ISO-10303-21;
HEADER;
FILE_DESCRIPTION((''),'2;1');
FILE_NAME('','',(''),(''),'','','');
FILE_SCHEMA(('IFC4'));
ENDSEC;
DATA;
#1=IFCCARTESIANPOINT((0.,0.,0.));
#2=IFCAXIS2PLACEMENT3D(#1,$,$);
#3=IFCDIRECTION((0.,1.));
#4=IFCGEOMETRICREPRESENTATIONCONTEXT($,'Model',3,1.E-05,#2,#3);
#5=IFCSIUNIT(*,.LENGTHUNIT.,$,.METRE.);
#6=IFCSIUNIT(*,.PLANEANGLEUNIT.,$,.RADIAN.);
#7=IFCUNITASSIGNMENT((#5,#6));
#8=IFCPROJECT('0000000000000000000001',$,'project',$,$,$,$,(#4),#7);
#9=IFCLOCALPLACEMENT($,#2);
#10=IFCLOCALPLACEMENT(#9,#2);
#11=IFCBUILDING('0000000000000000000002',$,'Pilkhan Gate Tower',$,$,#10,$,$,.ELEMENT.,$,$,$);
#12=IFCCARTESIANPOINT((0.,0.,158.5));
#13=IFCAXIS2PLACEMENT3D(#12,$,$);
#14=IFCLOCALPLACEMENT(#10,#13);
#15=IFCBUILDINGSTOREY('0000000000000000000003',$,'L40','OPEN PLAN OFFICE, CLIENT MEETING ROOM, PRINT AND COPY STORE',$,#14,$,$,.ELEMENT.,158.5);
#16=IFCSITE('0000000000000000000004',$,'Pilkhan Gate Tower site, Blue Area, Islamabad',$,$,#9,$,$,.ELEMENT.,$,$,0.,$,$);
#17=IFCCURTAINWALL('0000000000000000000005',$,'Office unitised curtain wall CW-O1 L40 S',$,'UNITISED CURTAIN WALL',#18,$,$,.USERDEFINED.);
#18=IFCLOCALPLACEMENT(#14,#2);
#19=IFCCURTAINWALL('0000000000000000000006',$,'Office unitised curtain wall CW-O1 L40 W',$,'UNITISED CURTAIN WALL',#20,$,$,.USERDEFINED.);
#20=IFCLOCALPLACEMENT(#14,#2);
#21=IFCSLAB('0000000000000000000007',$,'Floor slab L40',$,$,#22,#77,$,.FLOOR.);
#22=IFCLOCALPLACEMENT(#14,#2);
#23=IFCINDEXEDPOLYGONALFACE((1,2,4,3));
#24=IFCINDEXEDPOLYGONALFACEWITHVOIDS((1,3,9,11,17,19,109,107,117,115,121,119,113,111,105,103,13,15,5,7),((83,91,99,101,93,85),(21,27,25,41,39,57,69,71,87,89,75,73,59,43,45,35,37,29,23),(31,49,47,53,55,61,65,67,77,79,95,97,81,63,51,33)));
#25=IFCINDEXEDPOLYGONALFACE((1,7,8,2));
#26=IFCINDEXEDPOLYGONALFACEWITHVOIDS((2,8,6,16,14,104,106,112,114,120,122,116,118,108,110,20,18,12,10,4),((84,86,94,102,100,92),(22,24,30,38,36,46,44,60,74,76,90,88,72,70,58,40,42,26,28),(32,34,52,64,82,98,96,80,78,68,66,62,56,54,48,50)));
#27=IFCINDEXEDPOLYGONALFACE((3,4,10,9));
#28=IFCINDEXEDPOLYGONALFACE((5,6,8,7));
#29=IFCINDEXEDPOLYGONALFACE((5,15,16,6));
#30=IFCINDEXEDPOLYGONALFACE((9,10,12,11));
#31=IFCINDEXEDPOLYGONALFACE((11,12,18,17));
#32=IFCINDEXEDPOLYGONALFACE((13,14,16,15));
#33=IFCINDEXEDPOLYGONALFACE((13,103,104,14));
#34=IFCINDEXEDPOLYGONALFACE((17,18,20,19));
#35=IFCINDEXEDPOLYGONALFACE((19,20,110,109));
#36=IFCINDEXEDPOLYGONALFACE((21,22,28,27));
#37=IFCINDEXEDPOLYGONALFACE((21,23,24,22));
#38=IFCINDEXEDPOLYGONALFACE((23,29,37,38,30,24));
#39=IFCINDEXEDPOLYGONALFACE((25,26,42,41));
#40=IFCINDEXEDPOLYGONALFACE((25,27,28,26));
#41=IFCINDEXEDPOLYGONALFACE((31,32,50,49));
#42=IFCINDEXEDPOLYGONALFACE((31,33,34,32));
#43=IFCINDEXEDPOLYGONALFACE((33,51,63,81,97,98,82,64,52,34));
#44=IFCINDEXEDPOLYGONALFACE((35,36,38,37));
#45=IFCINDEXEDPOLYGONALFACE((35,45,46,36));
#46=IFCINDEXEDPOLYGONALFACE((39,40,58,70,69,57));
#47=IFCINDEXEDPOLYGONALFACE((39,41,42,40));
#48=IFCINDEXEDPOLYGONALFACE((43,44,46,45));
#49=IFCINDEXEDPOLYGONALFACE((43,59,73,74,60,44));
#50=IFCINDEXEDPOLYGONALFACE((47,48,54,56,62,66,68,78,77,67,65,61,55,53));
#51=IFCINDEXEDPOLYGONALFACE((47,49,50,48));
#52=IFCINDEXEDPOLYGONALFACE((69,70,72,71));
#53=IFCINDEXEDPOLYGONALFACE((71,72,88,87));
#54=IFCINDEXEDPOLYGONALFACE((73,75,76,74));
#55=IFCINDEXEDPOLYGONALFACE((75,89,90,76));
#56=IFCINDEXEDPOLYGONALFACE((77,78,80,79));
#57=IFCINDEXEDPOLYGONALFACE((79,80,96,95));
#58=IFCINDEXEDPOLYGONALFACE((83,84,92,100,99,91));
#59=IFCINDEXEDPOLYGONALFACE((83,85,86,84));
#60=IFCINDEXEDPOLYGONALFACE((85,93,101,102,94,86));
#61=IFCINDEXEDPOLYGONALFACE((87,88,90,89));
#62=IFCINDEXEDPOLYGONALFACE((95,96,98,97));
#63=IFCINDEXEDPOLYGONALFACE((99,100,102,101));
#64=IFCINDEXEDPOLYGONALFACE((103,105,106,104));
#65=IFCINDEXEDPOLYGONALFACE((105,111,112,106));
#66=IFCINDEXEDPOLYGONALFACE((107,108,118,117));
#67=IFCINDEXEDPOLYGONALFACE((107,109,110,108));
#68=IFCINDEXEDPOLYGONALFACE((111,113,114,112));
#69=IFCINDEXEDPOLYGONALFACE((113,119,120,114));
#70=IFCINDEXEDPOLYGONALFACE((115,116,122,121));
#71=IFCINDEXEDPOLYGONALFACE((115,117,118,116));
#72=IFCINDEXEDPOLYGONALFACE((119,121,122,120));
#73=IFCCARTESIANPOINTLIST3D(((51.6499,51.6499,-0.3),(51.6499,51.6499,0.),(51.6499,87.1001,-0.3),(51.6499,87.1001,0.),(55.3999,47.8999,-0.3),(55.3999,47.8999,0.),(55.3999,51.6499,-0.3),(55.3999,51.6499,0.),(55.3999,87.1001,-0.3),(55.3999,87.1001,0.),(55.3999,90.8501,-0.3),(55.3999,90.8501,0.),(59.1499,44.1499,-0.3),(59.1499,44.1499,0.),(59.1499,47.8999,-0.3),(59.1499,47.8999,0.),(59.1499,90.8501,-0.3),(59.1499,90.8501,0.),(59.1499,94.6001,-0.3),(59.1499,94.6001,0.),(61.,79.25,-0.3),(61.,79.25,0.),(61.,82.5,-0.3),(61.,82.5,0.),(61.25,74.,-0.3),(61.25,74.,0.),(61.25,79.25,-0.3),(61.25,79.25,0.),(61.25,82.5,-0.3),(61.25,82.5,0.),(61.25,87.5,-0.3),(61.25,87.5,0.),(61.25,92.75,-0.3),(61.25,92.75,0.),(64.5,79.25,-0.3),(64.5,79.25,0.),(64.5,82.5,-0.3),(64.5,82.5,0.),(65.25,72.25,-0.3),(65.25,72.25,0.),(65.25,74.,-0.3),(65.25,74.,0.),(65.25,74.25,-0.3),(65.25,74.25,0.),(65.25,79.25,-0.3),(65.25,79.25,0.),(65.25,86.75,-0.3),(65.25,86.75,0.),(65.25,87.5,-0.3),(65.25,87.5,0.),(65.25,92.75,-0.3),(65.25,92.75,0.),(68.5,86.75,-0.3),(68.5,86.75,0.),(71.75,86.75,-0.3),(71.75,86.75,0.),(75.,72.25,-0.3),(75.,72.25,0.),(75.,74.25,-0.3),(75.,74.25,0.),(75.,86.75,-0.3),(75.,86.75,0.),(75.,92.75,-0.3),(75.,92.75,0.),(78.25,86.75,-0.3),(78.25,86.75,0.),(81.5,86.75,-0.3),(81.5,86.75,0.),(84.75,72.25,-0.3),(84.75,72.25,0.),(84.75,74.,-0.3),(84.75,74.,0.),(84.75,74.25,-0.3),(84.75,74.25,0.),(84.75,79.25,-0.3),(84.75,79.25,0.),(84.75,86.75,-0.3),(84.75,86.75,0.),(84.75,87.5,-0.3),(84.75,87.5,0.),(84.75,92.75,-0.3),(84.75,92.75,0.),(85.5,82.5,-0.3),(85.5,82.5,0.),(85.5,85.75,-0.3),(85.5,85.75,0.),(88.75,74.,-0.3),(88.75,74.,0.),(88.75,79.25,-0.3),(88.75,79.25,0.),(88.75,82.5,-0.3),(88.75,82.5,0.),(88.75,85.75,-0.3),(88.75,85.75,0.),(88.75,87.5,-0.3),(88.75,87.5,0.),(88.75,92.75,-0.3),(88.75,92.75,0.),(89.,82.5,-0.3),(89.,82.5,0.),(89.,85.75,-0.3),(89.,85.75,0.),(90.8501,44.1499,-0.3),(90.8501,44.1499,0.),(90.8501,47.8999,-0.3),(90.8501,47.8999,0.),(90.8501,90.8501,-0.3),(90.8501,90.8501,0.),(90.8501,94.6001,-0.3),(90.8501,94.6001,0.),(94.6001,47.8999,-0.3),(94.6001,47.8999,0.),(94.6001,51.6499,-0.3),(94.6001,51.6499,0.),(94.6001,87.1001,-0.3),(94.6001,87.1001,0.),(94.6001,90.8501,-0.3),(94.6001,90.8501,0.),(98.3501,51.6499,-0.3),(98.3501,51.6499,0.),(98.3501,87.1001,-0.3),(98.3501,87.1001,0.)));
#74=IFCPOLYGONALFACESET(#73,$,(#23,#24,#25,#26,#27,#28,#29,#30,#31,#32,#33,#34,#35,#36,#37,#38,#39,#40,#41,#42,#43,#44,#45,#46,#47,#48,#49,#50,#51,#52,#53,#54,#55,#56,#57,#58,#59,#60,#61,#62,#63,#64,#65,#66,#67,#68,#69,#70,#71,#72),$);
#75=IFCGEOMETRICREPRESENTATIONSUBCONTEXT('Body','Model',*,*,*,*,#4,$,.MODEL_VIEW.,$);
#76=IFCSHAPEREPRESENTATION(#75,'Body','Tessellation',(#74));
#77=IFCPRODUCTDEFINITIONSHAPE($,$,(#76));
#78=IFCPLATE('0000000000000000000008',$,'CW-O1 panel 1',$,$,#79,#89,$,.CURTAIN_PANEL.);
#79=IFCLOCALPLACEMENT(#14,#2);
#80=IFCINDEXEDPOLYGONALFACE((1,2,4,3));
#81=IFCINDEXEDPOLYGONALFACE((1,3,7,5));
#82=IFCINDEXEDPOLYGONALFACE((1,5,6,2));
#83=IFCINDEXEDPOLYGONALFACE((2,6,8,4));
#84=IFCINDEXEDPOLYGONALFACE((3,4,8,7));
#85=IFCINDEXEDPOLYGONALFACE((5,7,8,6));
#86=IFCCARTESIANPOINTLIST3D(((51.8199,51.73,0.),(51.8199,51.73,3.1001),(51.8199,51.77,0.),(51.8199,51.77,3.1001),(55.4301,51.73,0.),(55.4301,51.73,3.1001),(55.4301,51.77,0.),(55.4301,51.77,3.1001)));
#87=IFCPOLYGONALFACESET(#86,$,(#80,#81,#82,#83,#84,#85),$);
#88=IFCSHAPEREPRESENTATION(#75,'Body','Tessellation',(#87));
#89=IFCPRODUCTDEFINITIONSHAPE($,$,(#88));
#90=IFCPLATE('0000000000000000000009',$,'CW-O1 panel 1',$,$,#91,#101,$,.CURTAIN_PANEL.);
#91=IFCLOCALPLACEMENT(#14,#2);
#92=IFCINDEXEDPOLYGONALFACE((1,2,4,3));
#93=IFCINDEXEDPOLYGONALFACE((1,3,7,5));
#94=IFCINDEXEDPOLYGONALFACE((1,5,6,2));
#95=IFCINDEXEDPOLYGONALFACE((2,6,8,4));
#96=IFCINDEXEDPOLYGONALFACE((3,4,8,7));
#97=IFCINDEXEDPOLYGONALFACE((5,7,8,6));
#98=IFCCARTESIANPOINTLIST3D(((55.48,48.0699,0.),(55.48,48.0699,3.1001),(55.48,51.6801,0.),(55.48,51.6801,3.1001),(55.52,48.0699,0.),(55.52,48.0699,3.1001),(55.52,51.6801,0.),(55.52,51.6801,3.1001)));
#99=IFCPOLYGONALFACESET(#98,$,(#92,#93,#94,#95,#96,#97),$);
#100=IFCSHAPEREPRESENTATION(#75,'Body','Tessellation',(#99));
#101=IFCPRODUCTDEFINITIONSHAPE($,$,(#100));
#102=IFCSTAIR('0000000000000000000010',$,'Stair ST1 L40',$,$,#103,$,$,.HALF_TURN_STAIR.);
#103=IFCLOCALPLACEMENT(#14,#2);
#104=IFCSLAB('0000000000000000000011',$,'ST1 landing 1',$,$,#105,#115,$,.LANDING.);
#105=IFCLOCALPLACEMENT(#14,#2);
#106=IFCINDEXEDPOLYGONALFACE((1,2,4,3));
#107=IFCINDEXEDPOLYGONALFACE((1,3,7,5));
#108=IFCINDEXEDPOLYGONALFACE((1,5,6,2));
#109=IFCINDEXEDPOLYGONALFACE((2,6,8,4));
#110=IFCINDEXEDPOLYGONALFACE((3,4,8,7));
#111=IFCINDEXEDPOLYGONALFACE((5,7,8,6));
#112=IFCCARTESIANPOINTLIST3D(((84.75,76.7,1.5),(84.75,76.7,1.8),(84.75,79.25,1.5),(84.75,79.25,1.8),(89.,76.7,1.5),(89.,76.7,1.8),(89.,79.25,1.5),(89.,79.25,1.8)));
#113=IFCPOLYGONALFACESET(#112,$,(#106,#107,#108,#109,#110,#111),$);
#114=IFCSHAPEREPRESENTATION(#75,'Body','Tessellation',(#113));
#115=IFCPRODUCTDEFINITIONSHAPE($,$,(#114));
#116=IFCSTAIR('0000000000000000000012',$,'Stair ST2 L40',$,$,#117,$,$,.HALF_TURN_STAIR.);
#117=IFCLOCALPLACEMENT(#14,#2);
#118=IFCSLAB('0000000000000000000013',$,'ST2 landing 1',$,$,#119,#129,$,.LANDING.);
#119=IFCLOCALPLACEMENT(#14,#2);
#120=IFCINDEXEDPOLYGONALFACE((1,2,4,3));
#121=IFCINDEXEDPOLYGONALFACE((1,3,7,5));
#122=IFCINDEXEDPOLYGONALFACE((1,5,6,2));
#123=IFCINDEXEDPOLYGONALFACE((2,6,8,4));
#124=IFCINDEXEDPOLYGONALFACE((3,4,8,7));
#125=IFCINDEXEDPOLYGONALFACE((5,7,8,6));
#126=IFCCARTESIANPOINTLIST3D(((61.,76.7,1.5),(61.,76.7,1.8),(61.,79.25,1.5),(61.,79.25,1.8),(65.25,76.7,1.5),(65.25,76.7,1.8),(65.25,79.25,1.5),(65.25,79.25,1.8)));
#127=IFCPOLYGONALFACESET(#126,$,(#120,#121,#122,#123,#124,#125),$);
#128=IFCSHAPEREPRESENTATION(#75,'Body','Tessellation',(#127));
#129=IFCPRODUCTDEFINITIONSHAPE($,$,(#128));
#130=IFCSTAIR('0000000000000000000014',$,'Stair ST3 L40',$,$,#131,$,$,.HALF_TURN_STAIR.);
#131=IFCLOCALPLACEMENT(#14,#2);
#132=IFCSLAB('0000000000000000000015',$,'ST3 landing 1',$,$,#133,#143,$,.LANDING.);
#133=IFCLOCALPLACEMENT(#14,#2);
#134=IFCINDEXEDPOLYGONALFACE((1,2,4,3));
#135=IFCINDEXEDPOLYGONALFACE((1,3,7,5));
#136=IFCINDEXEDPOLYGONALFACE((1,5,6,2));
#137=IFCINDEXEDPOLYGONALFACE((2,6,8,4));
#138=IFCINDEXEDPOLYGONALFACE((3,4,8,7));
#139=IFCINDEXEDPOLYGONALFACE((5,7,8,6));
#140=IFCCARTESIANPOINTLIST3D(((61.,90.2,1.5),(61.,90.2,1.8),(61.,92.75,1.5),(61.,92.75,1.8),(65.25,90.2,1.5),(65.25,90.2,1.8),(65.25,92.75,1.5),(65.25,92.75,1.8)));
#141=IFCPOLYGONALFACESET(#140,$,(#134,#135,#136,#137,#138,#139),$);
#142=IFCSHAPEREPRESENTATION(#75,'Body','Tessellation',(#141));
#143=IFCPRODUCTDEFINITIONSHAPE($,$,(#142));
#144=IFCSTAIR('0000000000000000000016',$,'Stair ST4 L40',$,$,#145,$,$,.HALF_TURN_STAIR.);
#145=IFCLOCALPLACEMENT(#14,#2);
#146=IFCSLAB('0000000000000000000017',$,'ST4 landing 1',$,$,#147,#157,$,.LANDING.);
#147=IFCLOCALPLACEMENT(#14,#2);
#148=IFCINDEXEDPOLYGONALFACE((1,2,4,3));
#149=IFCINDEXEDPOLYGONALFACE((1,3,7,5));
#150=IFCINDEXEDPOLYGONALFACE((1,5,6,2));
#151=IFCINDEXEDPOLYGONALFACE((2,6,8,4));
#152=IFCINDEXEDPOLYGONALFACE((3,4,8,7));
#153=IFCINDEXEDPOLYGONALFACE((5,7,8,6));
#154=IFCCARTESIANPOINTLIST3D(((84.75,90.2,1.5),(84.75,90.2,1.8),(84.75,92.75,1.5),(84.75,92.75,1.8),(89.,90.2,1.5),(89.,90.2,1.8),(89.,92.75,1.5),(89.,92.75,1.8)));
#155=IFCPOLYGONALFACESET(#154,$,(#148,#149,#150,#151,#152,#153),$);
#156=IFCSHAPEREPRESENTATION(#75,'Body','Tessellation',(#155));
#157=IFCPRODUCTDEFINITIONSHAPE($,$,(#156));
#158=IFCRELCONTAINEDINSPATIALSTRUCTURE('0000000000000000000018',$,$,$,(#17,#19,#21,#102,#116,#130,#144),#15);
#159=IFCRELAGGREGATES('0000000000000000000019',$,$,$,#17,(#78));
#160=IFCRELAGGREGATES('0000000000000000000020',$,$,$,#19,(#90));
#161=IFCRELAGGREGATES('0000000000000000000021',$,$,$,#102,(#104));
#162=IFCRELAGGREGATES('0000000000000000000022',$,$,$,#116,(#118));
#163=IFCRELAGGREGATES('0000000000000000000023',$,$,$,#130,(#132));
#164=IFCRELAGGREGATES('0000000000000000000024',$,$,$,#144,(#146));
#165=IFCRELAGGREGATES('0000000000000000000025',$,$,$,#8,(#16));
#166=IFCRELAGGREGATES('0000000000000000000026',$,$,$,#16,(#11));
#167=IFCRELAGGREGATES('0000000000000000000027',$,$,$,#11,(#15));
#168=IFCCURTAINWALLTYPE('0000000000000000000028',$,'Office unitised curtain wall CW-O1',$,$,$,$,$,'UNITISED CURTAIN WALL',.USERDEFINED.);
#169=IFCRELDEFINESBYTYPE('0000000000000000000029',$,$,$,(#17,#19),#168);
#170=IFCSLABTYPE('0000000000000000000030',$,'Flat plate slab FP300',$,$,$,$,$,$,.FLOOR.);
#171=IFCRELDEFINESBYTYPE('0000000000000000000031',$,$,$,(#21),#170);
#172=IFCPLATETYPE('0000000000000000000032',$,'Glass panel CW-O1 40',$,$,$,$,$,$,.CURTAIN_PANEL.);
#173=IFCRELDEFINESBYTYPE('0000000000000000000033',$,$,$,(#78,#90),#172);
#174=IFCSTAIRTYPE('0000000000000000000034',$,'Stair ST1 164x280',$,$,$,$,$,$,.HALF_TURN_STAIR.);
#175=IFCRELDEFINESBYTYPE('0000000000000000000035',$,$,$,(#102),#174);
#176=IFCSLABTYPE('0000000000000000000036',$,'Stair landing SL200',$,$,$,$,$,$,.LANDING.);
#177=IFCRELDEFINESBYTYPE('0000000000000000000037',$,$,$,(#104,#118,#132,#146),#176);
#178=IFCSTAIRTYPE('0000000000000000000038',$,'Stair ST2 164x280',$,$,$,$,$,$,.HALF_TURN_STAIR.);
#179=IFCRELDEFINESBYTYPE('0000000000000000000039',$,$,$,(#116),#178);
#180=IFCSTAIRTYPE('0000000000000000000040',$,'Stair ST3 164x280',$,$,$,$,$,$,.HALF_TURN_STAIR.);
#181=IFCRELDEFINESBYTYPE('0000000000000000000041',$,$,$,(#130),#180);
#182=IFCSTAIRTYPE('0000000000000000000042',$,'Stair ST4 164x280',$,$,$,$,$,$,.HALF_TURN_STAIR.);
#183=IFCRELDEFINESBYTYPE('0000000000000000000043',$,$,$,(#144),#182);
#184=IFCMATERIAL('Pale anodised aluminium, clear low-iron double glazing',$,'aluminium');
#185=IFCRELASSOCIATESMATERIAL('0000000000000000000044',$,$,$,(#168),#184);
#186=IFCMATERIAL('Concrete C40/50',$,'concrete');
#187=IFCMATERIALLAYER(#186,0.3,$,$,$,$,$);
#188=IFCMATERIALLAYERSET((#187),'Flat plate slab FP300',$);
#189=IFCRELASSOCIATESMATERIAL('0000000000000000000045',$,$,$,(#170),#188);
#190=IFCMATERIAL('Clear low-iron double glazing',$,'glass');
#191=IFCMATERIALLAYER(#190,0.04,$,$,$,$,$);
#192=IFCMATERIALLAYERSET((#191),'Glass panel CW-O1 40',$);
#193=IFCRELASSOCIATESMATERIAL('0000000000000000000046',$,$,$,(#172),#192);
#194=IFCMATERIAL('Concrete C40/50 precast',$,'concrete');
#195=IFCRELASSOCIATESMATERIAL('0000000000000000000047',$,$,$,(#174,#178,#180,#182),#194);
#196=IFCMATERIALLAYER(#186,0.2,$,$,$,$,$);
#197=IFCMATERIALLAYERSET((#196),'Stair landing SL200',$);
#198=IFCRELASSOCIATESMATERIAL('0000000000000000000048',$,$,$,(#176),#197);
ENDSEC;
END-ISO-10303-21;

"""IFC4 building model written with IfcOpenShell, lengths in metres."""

from ifc_helpers import new_model, si_unit, direction, frame, origin, origin_2d, place, context, subcontext, project, spatial, polyline, rectangle, outline, extrude, material, layer, layer_set, type_object, element, aggregate, save


model = new_model("IFC4")

# Units and contexts
model_context = context("Model", 3, precision=1e-05, world=origin(), true_north=direction((0.0, 1.0)))
body_context = subcontext(model_context, "Body", "Model", "MODEL_VIEW")
ifc_project = project(units=[si_unit("LENGTHUNIT", "METRE"), si_unit("PLANEANGLEUNIT", "RADIAN")], contexts=[model_context])

# Site, building, storey
site_placement = place(None, origin())
site = spatial("IfcSite", under=ifc_project, at=site_placement, Name="Pilkhan Gate Tower site, Blue Area, Islamabad", CompositionType="ELEMENT", RefElevation=0.0)
building_placement = place(site_placement, origin())
building = spatial("IfcBuilding", under=site, at=building_placement, Name="Pilkhan Gate Tower", CompositionType="ELEMENT")
storey_placement = place(building_placement, frame((0.0, 0.0, 158.5)))
storey = spatial("IfcBuildingStorey", under=building, at=storey_placement, Name="L40", Description="OPEN PLAN OFFICE, CLIENT MEETING ROOM, PRINT AND COPY STORE", CompositionType="ELEMENT", Elevation=158.5)

# Shared definitions
ifc_material_1 = material(Name="Pale anodised aluminium, clear low-iron double glazing", Category="aluminium")
curtain_wall_type = type_object("IfcCurtainWallType", Name="Office unitised curtain wall CW-O1", ElementType="UNITISED CURTAIN WALL", PredefinedType="USERDEFINED", material=ifc_material_1)

# Curtain walls
curtain_wall_1_placement = place(storey_placement, origin())
curtain_wall_1 = element("IfcCurtainWall", 1, at=curtain_wall_1_placement, inside=storey, type_object=curtain_wall_type, Name="Office unitised curtain wall CW-O1 L40 S", ObjectType="UNITISED CURTAIN WALL", PredefinedType="USERDEFINED")
curtain_wall_2_placement = place(storey_placement, origin())
curtain_wall_2 = element("IfcCurtainWall", 2, at=curtain_wall_2_placement, inside=storey, type_object=curtain_wall_type, Name="Office unitised curtain wall CW-O1 L40 W", ObjectType="UNITISED CURTAIN WALL", PredefinedType="USERDEFINED")

# Slab
ifc_material_2 = material(Name="Concrete C40/50", Category="concrete")
ifc_layer_1 = layer(ifc_material_2, 0.3)
ifc_layer_set_1 = layer_set([ifc_layer_1], Name="Flat plate slab FP300")
slab_type_1 = type_object("IfcSlabType", Name="Flat plate slab FP300", PredefinedType="FLOOR", material=ifc_layer_set_1)
slab_1_placement = place(storey_placement, frame((0.0, 0.0, -0.3)))
element("IfcSlab", 3, at=slab_1_placement, inside=storey, type_object=slab_type_1, Name="Floor slab L40", PredefinedType="FLOOR", context=body_context, shape_type="SweptSolid", body=[
    extrude(outline(polyline([(94.6001, 47.8999), (90.8501, 47.8999), (90.8501, 44.1499), (59.1499, 44.1499), (59.1499, 47.8999), (55.3999, 47.8999), (55.3999, 51.6499), (51.6499, 51.6499), (51.6499, 87.1001), (55.3999, 87.1001), (55.3999, 90.8501), (59.1499, 90.8501), (59.1499, 94.6001), (90.8501, 94.6001), (90.8501, 90.8501), (94.6001, 90.8501), (94.6001, 87.1001), (98.3501, 87.1001), (98.3501, 51.6499), (94.6001, 51.6499), (94.6001, 47.8999)]), holes=[polyline([(75.0, 72.25), (84.75, 72.25), (84.75, 74.0), (88.75, 74.0), (88.75, 79.25), (84.75, 79.25), (84.75, 74.25), (75.0, 74.25), (65.25, 74.25), (65.25, 79.25), (64.5, 79.25), (64.5, 82.5), (61.25, 82.5), (61.0, 82.5), (61.0, 79.25), (61.25, 79.25), (61.25, 74.0), (65.25, 74.0), (65.25, 72.25), (75.0, 72.25)]), polyline([(68.5, 86.75), (71.75, 86.75), (75.0, 86.75), (78.25, 86.75), (81.5, 86.75), (84.75, 86.75), (84.75, 87.5), (88.75, 87.5), (88.75, 92.75), (84.75, 92.75), (75.0, 92.75), (65.25, 92.75), (61.25, 92.75), (61.25, 87.5), (65.25, 87.5), (65.25, 86.75), (68.5, 86.75)]), polyline([(85.5, 85.75), (85.5, 82.5), (88.75, 82.5), (89.0, 82.5), (89.0, 85.75), (88.75, 85.75), (85.5, 85.75)])]), origin(), (0.0, 0.0, 1.0), 0.3),
])

# Plates
ifc_material_3 = material(Name="Clear low-iron double glazing", Category="glass")
ifc_layer_2 = layer(ifc_material_3, 0.04)
ifc_layer_set_2 = layer_set([ifc_layer_2], Name="Glass panel CW-O1 40")
plate_type = type_object("IfcPlateType", Name="Glass panel CW-O1 40", PredefinedType="CURTAIN_PANEL", material=ifc_layer_set_2)
plate_1_placement = place(storey_placement, frame((53.625, 51.75, 0.0), z_axis=(0.0, 0.0, 1.0), x_axis=(1.0, 0.0, 0.0)))
plate_1 = element("IfcPlate", 4, at=plate_1_placement, type_object=plate_type, Name="CW-O1 panel 1", PredefinedType="CURTAIN_PANEL", context=body_context, shape_type="SweptSolid", body=[
    extrude(rectangle(XDim=3.6101, YDim=0.04, at=origin_2d()), origin(), (0.0, 0.0, 1.0), 3.1001),
])
aggregate(curtain_wall_1, [plate_1])
plate_2_placement = place(storey_placement, frame((55.5, 49.875, 0.0), z_axis=(0.0, 0.0, 1.0), x_axis=(0.0, 1.0, 0.0)))
plate_2 = element("IfcPlate", 5, at=plate_2_placement, type_object=plate_type, Name="CW-O1 panel 1", PredefinedType="CURTAIN_PANEL", context=body_context, shape_type="SweptSolid", body=[
    extrude(rectangle(XDim=3.6101, YDim=0.04, at=origin_2d()), origin(), (0.0, 0.0, 1.0), 3.1001),
])
aggregate(curtain_wall_2, [plate_2])

# Stairs, slabs
ifc_material_4 = material(Name="Concrete C40/50 precast", Category="concrete")
stair_type_1 = type_object("IfcStairType", Name="Stair ST1 164x280", PredefinedType="HALF_TURN_STAIR", material=ifc_material_4)
stair_1_placement = place(storey_placement, origin())
stair_1 = element("IfcStair", 6, at=stair_1_placement, inside=storey, type_object=stair_type_1, Name="Stair ST1 L40", PredefinedType="HALF_TURN_STAIR")
ifc_layer_3 = layer(ifc_material_2, 0.2)
ifc_layer_set_3 = layer_set([ifc_layer_3], Name="Stair landing SL200")
slab_type_2 = type_object("IfcSlabType", Name="Stair landing SL200", PredefinedType="LANDING", material=ifc_layer_set_3)
slab_2_placement = place(storey_placement, frame((0.0, 0.0, 1.5)))
slab_2 = element("IfcSlab", 7, at=slab_2_placement, type_object=slab_type_2, Name="ST1 landing 1", PredefinedType="LANDING", context=body_context, shape_type="SweptSolid", body=[
    extrude(outline(polyline([(89.0, 76.7), (89.0, 79.25), (84.75, 79.25), (84.75, 76.7), (89.0, 76.7)])), origin(), (0.0, 0.0, 1.0), 0.3),
])
aggregate(stair_1, [slab_2])
stair_type_2 = type_object("IfcStairType", Name="Stair ST2 164x280", PredefinedType="HALF_TURN_STAIR", material=ifc_material_4)
stair_2_placement = place(storey_placement, origin())
stair_2 = element("IfcStair", 8, at=stair_2_placement, inside=storey, type_object=stair_type_2, Name="Stair ST2 L40", PredefinedType="HALF_TURN_STAIR")
slab_3_placement = place(storey_placement, frame((0.0, 0.0, 1.5)))
slab_3 = element("IfcSlab", 9, at=slab_3_placement, type_object=slab_type_2, Name="ST2 landing 1", PredefinedType="LANDING", context=body_context, shape_type="SweptSolid", body=[
    extrude(outline(polyline([(65.25, 76.7), (65.25, 79.25), (61.0, 79.25), (61.0, 76.7), (65.25, 76.7)])), origin(), (0.0, 0.0, 1.0), 0.3),
])
aggregate(stair_2, [slab_3])
stair_type_3 = type_object("IfcStairType", Name="Stair ST3 164x280", PredefinedType="HALF_TURN_STAIR", material=ifc_material_4)
stair_3_placement = place(storey_placement, origin())
stair_3 = element("IfcStair", 10, at=stair_3_placement, inside=storey, type_object=stair_type_3, Name="Stair ST3 L40", PredefinedType="HALF_TURN_STAIR")
slab_4_placement = place(storey_placement, frame((0.0, 0.0, 1.5)))
slab_4 = element("IfcSlab", 11, at=slab_4_placement, type_object=slab_type_2, Name="ST3 landing 1", PredefinedType="LANDING", context=body_context, shape_type="SweptSolid", body=[
    extrude(outline(polyline([(65.25, 90.2), (65.25, 92.75), (61.0, 92.75), (61.0, 90.2), (65.25, 90.2)])), origin(), (0.0, 0.0, 1.0), 0.3),
])
aggregate(stair_3, [slab_4])
stair_type_4 = type_object("IfcStairType", Name="Stair ST4 164x280", PredefinedType="HALF_TURN_STAIR", material=ifc_material_4)
stair_4_placement = place(storey_placement, origin())
stair_4 = element("IfcStair", 12, at=stair_4_placement, inside=storey, type_object=stair_type_4, Name="Stair ST4 L40", PredefinedType="HALF_TURN_STAIR")
slab_5_placement = place(storey_placement, frame((0.0, 0.0, 1.5)))
slab_5 = element("IfcSlab", 13, at=slab_5_placement, type_object=slab_type_2, Name="ST4 landing 1", PredefinedType="LANDING", context=body_context, shape_type="SweptSolid", body=[
    extrude(outline(polyline([(89.0, 90.2), (89.0, 92.75), (84.75, 92.75), (84.75, 90.2), (89.0, 90.2)])), origin(), (0.0, 0.0, 1.0), 0.3),
])
aggregate(stair_4, [slab_5])

save(model, "model.ifc")
